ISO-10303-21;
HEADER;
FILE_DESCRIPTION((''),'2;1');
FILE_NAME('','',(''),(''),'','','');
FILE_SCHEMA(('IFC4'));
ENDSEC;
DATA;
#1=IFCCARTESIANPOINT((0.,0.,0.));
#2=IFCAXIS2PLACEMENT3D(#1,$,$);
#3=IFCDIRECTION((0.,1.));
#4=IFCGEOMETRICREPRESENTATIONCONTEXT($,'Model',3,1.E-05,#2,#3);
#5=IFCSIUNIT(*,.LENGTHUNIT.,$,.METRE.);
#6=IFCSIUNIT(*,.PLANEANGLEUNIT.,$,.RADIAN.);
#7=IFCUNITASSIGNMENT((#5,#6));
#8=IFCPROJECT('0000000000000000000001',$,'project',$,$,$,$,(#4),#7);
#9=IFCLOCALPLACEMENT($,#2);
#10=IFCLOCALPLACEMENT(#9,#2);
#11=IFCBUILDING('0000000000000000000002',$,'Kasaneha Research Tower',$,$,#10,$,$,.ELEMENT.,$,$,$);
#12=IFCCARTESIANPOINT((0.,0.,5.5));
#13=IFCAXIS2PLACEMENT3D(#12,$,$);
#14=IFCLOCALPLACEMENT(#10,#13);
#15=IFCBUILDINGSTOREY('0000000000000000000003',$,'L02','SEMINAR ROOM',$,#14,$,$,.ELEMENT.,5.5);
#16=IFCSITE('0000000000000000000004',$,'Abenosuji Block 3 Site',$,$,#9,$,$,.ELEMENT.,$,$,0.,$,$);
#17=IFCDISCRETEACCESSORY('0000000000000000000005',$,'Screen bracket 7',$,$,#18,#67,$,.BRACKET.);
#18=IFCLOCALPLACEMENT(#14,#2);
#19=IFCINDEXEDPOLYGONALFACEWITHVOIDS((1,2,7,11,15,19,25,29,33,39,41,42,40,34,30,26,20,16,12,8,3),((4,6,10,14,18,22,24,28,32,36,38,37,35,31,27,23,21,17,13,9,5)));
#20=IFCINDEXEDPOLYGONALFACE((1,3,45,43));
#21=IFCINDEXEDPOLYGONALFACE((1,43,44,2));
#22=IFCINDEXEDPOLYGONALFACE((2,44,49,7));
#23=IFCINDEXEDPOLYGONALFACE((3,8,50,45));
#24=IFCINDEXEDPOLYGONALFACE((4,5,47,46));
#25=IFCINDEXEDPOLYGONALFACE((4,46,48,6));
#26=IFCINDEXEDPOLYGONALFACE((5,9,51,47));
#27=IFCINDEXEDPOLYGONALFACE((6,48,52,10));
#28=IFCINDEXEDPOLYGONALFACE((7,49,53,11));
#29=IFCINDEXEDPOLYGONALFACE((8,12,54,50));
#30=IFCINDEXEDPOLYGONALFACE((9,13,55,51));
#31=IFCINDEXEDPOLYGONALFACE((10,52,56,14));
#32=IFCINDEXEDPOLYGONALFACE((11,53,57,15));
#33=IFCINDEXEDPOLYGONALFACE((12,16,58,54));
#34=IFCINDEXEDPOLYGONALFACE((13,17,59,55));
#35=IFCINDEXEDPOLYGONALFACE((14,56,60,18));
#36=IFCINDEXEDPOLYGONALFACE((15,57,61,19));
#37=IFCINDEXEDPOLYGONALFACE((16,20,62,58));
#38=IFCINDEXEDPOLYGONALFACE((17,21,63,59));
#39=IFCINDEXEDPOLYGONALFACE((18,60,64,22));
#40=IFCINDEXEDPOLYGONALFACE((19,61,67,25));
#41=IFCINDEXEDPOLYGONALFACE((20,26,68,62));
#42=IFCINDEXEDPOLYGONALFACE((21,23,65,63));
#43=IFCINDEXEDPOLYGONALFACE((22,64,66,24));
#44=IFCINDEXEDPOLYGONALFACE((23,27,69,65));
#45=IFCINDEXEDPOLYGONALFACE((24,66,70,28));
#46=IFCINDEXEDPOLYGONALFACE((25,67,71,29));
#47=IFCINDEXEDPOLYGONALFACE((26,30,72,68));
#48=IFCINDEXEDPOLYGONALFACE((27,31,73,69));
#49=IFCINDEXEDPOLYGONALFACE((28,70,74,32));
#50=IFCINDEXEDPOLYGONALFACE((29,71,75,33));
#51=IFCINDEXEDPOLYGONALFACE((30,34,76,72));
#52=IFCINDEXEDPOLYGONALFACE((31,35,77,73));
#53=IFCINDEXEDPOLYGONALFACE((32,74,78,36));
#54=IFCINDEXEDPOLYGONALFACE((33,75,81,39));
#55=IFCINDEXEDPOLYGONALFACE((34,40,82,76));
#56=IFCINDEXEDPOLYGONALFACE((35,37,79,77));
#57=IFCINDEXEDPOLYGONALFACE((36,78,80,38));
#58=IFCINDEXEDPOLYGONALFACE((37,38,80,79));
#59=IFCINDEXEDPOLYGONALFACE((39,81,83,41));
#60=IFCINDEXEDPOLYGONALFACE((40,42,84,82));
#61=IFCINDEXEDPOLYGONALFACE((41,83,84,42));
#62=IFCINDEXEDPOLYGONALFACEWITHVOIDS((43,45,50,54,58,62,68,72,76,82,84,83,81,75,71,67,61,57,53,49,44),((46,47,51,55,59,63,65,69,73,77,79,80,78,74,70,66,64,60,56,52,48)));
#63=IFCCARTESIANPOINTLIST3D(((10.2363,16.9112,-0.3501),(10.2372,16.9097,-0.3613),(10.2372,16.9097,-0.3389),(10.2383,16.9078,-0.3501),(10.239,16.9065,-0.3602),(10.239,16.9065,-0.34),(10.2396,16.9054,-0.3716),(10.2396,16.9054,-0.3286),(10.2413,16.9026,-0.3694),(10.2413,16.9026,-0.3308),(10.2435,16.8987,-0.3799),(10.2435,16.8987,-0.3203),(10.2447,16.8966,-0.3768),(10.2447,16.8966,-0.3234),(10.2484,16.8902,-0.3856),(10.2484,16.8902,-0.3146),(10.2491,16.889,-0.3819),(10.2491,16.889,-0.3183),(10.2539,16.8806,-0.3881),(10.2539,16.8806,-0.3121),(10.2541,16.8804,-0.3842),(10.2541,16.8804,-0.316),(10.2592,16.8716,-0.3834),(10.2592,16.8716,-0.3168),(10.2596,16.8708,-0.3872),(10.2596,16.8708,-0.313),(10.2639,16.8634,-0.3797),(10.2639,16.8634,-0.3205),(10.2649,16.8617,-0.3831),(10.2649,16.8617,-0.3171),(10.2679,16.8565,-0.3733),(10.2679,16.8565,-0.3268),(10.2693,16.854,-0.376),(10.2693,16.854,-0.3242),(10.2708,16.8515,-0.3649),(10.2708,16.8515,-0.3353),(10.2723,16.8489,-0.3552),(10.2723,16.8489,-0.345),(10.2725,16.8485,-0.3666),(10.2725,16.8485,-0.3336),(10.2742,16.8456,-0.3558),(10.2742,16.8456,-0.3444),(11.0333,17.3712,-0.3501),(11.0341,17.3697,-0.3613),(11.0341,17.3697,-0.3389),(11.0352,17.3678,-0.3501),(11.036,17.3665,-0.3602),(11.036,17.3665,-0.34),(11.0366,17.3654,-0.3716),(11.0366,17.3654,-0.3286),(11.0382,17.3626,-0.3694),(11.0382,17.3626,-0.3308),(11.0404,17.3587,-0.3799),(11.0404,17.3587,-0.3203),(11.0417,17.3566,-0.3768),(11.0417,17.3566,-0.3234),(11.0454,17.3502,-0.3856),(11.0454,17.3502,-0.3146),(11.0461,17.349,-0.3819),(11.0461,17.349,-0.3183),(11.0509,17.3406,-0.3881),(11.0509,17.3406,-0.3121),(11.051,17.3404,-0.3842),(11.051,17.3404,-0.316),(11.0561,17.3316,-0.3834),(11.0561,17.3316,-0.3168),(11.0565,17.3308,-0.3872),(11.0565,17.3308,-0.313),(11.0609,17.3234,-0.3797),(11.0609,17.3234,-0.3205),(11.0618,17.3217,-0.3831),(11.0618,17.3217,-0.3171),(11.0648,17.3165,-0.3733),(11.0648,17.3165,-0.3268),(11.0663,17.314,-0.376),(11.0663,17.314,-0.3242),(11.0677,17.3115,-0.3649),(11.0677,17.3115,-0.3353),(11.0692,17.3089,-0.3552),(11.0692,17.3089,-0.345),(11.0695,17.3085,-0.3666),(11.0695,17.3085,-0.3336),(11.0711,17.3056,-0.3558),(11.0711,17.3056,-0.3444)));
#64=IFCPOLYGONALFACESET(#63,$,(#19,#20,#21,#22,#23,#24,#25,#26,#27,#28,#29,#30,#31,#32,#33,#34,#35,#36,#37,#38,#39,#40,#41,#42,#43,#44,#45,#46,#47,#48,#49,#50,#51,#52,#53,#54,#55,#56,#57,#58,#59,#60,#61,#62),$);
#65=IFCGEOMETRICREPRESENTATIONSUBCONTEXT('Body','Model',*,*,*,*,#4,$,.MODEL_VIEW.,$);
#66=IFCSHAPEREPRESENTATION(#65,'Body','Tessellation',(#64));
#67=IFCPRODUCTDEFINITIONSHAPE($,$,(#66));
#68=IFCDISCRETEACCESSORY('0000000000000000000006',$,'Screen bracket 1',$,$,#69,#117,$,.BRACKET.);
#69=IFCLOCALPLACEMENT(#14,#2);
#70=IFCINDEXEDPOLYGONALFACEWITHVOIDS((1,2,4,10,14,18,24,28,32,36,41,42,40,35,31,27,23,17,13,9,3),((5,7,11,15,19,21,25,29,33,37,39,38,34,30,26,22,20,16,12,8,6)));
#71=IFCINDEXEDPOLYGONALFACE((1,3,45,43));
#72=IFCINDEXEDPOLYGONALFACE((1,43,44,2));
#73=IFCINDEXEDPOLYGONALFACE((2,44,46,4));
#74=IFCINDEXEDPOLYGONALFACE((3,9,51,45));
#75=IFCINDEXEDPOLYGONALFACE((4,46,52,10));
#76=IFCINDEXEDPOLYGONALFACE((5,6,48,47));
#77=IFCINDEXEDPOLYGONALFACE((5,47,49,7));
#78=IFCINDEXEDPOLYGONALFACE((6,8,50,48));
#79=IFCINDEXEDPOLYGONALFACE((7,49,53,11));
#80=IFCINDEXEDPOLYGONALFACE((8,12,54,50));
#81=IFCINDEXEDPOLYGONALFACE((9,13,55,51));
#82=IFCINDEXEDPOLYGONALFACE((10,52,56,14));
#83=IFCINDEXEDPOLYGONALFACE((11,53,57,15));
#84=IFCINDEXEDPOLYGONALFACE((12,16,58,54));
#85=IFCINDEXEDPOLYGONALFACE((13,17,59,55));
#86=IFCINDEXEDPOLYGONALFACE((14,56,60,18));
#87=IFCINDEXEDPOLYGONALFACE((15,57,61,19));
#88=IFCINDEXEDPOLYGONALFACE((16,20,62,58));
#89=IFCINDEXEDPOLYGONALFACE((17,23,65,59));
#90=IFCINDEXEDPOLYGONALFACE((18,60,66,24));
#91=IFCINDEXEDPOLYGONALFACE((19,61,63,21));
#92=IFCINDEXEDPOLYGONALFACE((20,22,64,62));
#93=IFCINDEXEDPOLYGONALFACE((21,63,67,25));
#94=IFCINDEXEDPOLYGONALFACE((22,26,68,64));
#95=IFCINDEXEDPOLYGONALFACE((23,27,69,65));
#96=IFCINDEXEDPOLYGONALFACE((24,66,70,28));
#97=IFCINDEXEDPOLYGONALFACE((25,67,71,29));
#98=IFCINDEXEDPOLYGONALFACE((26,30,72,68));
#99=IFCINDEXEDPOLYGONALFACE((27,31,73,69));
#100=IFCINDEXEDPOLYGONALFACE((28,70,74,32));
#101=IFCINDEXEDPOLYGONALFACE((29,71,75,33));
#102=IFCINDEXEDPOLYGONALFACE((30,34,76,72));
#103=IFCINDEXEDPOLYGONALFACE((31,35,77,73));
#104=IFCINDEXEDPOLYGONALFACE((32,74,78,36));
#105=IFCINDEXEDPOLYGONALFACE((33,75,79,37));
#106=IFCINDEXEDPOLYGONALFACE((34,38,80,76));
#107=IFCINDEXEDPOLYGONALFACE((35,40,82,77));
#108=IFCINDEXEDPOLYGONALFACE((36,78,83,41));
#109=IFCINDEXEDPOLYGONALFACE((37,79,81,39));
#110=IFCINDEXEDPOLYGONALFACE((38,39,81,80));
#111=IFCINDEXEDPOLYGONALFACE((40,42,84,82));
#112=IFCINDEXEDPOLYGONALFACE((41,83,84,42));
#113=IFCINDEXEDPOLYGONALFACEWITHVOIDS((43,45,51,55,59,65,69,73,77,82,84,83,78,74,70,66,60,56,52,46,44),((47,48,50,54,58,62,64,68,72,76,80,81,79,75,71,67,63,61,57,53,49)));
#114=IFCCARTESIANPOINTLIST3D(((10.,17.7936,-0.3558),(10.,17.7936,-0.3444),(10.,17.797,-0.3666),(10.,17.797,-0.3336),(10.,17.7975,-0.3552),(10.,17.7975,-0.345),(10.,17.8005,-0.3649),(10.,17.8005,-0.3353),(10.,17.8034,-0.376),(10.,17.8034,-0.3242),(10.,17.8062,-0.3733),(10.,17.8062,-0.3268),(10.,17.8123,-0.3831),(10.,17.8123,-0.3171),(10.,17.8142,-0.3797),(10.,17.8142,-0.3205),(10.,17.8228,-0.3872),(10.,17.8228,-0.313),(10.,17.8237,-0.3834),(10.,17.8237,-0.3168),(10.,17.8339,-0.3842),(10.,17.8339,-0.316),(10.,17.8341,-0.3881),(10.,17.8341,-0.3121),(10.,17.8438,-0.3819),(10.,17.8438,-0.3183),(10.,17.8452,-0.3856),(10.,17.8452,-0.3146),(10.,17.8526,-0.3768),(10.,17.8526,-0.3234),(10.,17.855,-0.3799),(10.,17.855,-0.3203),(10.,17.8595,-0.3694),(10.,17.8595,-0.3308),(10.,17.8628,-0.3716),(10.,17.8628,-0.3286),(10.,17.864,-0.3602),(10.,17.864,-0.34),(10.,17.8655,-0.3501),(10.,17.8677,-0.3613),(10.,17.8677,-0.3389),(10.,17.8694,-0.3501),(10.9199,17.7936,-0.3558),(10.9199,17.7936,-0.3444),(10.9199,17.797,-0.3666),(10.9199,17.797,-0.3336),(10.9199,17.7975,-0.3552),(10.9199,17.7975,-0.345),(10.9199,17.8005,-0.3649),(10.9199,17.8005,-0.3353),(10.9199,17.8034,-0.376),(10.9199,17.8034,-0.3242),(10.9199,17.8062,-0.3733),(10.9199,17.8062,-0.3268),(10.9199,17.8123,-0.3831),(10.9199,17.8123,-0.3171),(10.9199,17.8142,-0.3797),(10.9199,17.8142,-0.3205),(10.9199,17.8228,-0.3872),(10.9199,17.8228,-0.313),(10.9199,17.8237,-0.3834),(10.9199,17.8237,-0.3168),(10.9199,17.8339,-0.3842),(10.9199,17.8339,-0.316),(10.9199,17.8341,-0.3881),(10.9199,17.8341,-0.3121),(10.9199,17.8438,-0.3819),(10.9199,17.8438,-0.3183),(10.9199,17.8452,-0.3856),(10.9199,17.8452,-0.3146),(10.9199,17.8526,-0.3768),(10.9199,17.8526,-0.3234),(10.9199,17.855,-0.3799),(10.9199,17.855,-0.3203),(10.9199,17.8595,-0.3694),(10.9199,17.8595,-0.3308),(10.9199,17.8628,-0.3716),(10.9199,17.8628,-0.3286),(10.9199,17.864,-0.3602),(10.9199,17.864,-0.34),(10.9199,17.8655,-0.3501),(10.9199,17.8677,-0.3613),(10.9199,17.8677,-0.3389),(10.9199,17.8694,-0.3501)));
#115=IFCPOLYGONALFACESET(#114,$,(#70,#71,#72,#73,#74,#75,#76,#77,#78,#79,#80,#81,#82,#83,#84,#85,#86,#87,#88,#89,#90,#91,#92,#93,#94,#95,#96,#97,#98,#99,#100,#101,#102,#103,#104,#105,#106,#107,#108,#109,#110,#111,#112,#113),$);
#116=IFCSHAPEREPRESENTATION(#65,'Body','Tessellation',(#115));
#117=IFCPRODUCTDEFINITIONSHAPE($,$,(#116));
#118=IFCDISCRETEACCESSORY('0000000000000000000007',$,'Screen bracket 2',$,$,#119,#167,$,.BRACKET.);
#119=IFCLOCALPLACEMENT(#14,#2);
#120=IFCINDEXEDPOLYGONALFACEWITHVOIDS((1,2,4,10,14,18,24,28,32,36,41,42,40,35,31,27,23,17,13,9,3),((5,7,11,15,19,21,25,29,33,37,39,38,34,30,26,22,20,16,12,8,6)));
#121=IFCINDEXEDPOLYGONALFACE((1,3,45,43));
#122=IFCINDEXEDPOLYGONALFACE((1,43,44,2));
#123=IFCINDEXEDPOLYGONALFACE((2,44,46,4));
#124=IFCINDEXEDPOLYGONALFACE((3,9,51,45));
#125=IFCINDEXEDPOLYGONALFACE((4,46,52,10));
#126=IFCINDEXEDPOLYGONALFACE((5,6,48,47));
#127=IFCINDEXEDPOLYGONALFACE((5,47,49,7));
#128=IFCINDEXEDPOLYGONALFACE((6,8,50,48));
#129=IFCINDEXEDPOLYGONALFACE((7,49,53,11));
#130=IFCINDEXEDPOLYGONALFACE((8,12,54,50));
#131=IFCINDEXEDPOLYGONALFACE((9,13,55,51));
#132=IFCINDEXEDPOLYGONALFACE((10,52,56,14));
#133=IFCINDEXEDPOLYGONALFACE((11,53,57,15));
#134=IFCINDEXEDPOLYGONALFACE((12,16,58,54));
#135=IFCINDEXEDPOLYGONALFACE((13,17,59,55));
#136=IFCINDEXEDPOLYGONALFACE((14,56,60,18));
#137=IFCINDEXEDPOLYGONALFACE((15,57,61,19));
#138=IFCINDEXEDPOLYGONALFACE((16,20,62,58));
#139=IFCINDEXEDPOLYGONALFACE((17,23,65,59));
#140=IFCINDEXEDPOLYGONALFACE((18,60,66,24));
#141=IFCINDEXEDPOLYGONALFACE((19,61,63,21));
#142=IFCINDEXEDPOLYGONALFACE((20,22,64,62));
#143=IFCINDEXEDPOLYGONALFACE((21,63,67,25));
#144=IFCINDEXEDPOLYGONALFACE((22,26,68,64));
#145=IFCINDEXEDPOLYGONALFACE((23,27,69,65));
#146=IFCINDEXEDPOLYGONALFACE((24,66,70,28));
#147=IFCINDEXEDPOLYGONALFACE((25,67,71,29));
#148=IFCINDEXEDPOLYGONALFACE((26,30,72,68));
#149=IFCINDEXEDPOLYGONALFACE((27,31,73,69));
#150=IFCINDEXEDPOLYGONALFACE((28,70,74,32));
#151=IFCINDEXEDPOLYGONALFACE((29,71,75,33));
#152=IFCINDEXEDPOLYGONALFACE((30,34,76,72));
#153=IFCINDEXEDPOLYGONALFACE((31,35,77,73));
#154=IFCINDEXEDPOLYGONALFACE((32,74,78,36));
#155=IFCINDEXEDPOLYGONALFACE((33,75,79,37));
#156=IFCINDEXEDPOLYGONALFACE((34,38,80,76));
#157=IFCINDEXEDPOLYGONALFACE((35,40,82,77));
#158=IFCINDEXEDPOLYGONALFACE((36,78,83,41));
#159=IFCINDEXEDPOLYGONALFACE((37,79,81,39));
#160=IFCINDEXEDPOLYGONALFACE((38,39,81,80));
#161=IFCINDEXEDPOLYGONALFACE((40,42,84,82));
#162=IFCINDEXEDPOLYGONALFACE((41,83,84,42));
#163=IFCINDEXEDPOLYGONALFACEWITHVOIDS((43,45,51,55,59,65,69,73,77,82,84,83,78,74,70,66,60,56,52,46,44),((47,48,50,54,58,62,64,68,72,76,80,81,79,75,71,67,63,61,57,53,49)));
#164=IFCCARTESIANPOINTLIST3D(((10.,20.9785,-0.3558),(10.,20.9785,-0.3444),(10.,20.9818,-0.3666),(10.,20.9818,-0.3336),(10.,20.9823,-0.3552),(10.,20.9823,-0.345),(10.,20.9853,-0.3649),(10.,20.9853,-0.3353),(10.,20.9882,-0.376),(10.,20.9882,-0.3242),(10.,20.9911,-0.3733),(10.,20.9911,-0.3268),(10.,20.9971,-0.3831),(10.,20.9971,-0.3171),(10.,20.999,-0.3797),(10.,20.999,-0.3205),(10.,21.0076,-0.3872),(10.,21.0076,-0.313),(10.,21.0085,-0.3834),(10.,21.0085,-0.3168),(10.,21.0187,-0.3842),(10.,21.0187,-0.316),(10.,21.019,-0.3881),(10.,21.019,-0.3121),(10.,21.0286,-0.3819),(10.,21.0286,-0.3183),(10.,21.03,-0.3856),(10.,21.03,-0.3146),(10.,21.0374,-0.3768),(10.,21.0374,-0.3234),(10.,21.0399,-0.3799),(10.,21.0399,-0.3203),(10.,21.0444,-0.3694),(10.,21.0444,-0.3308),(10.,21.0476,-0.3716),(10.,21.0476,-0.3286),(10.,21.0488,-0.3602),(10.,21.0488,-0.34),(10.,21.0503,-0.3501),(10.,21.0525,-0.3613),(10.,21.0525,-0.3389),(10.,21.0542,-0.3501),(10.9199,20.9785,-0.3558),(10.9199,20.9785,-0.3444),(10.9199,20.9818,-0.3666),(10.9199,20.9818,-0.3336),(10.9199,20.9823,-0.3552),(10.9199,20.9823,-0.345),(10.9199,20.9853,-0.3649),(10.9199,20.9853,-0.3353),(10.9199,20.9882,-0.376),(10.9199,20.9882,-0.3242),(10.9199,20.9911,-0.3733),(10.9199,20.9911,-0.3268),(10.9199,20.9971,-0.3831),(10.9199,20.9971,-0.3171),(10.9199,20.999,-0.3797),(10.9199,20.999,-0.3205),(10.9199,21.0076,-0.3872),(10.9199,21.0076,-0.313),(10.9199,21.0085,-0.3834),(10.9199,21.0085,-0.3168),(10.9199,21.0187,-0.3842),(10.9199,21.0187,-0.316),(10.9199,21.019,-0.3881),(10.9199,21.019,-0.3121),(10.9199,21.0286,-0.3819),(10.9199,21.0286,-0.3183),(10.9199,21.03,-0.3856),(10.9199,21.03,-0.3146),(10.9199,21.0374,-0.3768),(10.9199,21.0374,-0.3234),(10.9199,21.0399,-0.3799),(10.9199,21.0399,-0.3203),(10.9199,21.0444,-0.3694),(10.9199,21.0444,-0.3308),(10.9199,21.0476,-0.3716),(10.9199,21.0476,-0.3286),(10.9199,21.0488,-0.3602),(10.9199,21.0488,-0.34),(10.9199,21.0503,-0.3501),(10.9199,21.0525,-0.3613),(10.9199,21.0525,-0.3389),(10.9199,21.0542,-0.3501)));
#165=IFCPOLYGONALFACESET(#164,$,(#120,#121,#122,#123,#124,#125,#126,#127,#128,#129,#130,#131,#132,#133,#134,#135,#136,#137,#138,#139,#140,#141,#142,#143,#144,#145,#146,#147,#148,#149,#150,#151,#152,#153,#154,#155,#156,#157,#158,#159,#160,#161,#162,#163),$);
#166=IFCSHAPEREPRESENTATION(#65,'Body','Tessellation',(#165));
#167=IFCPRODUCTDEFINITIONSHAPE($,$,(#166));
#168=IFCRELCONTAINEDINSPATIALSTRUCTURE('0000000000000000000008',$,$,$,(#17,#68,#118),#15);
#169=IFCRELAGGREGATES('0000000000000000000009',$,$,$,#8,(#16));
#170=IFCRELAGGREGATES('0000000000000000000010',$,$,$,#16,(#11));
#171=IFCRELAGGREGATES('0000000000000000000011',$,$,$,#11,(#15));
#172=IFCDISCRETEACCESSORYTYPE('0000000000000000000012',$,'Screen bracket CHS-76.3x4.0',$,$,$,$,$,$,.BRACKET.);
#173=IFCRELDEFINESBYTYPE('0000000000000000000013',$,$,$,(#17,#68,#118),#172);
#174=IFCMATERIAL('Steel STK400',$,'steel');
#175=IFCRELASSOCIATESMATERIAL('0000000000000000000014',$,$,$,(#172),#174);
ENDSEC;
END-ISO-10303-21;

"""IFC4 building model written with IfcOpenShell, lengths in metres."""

from ifc_helpers import new_model, si_unit, direction, frame, origin, origin_2d, place, context, subcontext, project, spatial, hollow_circle, extrude, material, material_profile, profile_set, type_object, element, save


model = new_model("IFC4")

# Units and contexts
model_context = context("Model", 3, precision=1e-05, world=origin(), true_north=direction((0.0, 1.0)))
body_context = subcontext(model_context, "Body", "Model", "MODEL_VIEW")
ifc_project = project(units=[si_unit("LENGTHUNIT", "METRE"), si_unit("PLANEANGLEUNIT", "RADIAN")], contexts=[model_context])

# Site, building, storey
site_placement = place(None, origin())
site = spatial("IfcSite", under=ifc_project, at=site_placement, Name="Abenosuji Block 3 Site", CompositionType="ELEMENT", RefElevation=0.0)
building_placement = place(site_placement, origin())
building = spatial("IfcBuilding", under=site, at=building_placement, Name="Kasaneha Research Tower", CompositionType="ELEMENT")
storey_placement = place(building_placement, frame((0.0, 0.0, 5.5)))
storey = spatial("IfcBuildingStorey", under=building, at=storey_placement, Name="L02", Description="SEMINAR ROOM", CompositionType="ELEMENT", Elevation=5.5)

# Discrete accessories
ifc_material_1 = material(Name="Steel STK400", Category="steel")
ifc_material_profile_1 = material_profile(ifc_material_1, hollow_circle(Radius=0.0381, WallThickness=0.0039, at=origin_2d()), Name="CHS-76.3x4.0")
ifc_profile_set_1 = profile_set([ifc_material_profile_1], Name="Steel STK400")
discrete_accessory_type = type_object("IfcDiscreteAccessoryType", Name="Screen bracket CHS-76.3x4.0", PredefinedType="BRACKET", material=ifc_profile_set_1)
discrete_accessory_1_placement = place(storey_placement, frame((10.2554, 16.8782, -0.3501), z_axis=(0.86608, 0.499906, 0.0), x_axis=(-0.499906, 0.86608, 0.0)))
element("IfcDiscreteAccessory", 1, at=discrete_accessory_1_placement, inside=storey, type_object=discrete_accessory_type, Name="Screen bracket 7", PredefinedType="BRACKET", context=body_context, shape_type="SweptSolid", body=[
    extrude(hollow_circle(Radius=0.0381, WallThickness=0.0039, at=origin_2d()), origin(), (0.0, 0.0, 1.0), 0.9202),
])
for number, where, z_axis, x_axis, name in (
    (2, (10.0, 17.8313, -0.3501), (1.0, 0.0, 0.0), (0.0, 1.0, 0.0), "Screen bracket 1"),
    (3, (10.0, 21.0161, -0.3501), (1.0, 0.0, 0.0), (0.0, 1.0, 0.0), "Screen bracket 2"),
):
    element("IfcDiscreteAccessory", number, at=place(storey_placement, frame(where, z_axis=z_axis, x_axis=x_axis)), inside=storey, type_object=discrete_accessory_type, Name=name, PredefinedType="BRACKET", context=body_context, shape_type="SweptSolid", body=[
        extrude(hollow_circle(Radius=0.0381, WallThickness=0.0039, at=origin_2d()), origin(), (0.0, 0.0, 1.0), 0.9199),
    ])

save(model, "model.ifc")
